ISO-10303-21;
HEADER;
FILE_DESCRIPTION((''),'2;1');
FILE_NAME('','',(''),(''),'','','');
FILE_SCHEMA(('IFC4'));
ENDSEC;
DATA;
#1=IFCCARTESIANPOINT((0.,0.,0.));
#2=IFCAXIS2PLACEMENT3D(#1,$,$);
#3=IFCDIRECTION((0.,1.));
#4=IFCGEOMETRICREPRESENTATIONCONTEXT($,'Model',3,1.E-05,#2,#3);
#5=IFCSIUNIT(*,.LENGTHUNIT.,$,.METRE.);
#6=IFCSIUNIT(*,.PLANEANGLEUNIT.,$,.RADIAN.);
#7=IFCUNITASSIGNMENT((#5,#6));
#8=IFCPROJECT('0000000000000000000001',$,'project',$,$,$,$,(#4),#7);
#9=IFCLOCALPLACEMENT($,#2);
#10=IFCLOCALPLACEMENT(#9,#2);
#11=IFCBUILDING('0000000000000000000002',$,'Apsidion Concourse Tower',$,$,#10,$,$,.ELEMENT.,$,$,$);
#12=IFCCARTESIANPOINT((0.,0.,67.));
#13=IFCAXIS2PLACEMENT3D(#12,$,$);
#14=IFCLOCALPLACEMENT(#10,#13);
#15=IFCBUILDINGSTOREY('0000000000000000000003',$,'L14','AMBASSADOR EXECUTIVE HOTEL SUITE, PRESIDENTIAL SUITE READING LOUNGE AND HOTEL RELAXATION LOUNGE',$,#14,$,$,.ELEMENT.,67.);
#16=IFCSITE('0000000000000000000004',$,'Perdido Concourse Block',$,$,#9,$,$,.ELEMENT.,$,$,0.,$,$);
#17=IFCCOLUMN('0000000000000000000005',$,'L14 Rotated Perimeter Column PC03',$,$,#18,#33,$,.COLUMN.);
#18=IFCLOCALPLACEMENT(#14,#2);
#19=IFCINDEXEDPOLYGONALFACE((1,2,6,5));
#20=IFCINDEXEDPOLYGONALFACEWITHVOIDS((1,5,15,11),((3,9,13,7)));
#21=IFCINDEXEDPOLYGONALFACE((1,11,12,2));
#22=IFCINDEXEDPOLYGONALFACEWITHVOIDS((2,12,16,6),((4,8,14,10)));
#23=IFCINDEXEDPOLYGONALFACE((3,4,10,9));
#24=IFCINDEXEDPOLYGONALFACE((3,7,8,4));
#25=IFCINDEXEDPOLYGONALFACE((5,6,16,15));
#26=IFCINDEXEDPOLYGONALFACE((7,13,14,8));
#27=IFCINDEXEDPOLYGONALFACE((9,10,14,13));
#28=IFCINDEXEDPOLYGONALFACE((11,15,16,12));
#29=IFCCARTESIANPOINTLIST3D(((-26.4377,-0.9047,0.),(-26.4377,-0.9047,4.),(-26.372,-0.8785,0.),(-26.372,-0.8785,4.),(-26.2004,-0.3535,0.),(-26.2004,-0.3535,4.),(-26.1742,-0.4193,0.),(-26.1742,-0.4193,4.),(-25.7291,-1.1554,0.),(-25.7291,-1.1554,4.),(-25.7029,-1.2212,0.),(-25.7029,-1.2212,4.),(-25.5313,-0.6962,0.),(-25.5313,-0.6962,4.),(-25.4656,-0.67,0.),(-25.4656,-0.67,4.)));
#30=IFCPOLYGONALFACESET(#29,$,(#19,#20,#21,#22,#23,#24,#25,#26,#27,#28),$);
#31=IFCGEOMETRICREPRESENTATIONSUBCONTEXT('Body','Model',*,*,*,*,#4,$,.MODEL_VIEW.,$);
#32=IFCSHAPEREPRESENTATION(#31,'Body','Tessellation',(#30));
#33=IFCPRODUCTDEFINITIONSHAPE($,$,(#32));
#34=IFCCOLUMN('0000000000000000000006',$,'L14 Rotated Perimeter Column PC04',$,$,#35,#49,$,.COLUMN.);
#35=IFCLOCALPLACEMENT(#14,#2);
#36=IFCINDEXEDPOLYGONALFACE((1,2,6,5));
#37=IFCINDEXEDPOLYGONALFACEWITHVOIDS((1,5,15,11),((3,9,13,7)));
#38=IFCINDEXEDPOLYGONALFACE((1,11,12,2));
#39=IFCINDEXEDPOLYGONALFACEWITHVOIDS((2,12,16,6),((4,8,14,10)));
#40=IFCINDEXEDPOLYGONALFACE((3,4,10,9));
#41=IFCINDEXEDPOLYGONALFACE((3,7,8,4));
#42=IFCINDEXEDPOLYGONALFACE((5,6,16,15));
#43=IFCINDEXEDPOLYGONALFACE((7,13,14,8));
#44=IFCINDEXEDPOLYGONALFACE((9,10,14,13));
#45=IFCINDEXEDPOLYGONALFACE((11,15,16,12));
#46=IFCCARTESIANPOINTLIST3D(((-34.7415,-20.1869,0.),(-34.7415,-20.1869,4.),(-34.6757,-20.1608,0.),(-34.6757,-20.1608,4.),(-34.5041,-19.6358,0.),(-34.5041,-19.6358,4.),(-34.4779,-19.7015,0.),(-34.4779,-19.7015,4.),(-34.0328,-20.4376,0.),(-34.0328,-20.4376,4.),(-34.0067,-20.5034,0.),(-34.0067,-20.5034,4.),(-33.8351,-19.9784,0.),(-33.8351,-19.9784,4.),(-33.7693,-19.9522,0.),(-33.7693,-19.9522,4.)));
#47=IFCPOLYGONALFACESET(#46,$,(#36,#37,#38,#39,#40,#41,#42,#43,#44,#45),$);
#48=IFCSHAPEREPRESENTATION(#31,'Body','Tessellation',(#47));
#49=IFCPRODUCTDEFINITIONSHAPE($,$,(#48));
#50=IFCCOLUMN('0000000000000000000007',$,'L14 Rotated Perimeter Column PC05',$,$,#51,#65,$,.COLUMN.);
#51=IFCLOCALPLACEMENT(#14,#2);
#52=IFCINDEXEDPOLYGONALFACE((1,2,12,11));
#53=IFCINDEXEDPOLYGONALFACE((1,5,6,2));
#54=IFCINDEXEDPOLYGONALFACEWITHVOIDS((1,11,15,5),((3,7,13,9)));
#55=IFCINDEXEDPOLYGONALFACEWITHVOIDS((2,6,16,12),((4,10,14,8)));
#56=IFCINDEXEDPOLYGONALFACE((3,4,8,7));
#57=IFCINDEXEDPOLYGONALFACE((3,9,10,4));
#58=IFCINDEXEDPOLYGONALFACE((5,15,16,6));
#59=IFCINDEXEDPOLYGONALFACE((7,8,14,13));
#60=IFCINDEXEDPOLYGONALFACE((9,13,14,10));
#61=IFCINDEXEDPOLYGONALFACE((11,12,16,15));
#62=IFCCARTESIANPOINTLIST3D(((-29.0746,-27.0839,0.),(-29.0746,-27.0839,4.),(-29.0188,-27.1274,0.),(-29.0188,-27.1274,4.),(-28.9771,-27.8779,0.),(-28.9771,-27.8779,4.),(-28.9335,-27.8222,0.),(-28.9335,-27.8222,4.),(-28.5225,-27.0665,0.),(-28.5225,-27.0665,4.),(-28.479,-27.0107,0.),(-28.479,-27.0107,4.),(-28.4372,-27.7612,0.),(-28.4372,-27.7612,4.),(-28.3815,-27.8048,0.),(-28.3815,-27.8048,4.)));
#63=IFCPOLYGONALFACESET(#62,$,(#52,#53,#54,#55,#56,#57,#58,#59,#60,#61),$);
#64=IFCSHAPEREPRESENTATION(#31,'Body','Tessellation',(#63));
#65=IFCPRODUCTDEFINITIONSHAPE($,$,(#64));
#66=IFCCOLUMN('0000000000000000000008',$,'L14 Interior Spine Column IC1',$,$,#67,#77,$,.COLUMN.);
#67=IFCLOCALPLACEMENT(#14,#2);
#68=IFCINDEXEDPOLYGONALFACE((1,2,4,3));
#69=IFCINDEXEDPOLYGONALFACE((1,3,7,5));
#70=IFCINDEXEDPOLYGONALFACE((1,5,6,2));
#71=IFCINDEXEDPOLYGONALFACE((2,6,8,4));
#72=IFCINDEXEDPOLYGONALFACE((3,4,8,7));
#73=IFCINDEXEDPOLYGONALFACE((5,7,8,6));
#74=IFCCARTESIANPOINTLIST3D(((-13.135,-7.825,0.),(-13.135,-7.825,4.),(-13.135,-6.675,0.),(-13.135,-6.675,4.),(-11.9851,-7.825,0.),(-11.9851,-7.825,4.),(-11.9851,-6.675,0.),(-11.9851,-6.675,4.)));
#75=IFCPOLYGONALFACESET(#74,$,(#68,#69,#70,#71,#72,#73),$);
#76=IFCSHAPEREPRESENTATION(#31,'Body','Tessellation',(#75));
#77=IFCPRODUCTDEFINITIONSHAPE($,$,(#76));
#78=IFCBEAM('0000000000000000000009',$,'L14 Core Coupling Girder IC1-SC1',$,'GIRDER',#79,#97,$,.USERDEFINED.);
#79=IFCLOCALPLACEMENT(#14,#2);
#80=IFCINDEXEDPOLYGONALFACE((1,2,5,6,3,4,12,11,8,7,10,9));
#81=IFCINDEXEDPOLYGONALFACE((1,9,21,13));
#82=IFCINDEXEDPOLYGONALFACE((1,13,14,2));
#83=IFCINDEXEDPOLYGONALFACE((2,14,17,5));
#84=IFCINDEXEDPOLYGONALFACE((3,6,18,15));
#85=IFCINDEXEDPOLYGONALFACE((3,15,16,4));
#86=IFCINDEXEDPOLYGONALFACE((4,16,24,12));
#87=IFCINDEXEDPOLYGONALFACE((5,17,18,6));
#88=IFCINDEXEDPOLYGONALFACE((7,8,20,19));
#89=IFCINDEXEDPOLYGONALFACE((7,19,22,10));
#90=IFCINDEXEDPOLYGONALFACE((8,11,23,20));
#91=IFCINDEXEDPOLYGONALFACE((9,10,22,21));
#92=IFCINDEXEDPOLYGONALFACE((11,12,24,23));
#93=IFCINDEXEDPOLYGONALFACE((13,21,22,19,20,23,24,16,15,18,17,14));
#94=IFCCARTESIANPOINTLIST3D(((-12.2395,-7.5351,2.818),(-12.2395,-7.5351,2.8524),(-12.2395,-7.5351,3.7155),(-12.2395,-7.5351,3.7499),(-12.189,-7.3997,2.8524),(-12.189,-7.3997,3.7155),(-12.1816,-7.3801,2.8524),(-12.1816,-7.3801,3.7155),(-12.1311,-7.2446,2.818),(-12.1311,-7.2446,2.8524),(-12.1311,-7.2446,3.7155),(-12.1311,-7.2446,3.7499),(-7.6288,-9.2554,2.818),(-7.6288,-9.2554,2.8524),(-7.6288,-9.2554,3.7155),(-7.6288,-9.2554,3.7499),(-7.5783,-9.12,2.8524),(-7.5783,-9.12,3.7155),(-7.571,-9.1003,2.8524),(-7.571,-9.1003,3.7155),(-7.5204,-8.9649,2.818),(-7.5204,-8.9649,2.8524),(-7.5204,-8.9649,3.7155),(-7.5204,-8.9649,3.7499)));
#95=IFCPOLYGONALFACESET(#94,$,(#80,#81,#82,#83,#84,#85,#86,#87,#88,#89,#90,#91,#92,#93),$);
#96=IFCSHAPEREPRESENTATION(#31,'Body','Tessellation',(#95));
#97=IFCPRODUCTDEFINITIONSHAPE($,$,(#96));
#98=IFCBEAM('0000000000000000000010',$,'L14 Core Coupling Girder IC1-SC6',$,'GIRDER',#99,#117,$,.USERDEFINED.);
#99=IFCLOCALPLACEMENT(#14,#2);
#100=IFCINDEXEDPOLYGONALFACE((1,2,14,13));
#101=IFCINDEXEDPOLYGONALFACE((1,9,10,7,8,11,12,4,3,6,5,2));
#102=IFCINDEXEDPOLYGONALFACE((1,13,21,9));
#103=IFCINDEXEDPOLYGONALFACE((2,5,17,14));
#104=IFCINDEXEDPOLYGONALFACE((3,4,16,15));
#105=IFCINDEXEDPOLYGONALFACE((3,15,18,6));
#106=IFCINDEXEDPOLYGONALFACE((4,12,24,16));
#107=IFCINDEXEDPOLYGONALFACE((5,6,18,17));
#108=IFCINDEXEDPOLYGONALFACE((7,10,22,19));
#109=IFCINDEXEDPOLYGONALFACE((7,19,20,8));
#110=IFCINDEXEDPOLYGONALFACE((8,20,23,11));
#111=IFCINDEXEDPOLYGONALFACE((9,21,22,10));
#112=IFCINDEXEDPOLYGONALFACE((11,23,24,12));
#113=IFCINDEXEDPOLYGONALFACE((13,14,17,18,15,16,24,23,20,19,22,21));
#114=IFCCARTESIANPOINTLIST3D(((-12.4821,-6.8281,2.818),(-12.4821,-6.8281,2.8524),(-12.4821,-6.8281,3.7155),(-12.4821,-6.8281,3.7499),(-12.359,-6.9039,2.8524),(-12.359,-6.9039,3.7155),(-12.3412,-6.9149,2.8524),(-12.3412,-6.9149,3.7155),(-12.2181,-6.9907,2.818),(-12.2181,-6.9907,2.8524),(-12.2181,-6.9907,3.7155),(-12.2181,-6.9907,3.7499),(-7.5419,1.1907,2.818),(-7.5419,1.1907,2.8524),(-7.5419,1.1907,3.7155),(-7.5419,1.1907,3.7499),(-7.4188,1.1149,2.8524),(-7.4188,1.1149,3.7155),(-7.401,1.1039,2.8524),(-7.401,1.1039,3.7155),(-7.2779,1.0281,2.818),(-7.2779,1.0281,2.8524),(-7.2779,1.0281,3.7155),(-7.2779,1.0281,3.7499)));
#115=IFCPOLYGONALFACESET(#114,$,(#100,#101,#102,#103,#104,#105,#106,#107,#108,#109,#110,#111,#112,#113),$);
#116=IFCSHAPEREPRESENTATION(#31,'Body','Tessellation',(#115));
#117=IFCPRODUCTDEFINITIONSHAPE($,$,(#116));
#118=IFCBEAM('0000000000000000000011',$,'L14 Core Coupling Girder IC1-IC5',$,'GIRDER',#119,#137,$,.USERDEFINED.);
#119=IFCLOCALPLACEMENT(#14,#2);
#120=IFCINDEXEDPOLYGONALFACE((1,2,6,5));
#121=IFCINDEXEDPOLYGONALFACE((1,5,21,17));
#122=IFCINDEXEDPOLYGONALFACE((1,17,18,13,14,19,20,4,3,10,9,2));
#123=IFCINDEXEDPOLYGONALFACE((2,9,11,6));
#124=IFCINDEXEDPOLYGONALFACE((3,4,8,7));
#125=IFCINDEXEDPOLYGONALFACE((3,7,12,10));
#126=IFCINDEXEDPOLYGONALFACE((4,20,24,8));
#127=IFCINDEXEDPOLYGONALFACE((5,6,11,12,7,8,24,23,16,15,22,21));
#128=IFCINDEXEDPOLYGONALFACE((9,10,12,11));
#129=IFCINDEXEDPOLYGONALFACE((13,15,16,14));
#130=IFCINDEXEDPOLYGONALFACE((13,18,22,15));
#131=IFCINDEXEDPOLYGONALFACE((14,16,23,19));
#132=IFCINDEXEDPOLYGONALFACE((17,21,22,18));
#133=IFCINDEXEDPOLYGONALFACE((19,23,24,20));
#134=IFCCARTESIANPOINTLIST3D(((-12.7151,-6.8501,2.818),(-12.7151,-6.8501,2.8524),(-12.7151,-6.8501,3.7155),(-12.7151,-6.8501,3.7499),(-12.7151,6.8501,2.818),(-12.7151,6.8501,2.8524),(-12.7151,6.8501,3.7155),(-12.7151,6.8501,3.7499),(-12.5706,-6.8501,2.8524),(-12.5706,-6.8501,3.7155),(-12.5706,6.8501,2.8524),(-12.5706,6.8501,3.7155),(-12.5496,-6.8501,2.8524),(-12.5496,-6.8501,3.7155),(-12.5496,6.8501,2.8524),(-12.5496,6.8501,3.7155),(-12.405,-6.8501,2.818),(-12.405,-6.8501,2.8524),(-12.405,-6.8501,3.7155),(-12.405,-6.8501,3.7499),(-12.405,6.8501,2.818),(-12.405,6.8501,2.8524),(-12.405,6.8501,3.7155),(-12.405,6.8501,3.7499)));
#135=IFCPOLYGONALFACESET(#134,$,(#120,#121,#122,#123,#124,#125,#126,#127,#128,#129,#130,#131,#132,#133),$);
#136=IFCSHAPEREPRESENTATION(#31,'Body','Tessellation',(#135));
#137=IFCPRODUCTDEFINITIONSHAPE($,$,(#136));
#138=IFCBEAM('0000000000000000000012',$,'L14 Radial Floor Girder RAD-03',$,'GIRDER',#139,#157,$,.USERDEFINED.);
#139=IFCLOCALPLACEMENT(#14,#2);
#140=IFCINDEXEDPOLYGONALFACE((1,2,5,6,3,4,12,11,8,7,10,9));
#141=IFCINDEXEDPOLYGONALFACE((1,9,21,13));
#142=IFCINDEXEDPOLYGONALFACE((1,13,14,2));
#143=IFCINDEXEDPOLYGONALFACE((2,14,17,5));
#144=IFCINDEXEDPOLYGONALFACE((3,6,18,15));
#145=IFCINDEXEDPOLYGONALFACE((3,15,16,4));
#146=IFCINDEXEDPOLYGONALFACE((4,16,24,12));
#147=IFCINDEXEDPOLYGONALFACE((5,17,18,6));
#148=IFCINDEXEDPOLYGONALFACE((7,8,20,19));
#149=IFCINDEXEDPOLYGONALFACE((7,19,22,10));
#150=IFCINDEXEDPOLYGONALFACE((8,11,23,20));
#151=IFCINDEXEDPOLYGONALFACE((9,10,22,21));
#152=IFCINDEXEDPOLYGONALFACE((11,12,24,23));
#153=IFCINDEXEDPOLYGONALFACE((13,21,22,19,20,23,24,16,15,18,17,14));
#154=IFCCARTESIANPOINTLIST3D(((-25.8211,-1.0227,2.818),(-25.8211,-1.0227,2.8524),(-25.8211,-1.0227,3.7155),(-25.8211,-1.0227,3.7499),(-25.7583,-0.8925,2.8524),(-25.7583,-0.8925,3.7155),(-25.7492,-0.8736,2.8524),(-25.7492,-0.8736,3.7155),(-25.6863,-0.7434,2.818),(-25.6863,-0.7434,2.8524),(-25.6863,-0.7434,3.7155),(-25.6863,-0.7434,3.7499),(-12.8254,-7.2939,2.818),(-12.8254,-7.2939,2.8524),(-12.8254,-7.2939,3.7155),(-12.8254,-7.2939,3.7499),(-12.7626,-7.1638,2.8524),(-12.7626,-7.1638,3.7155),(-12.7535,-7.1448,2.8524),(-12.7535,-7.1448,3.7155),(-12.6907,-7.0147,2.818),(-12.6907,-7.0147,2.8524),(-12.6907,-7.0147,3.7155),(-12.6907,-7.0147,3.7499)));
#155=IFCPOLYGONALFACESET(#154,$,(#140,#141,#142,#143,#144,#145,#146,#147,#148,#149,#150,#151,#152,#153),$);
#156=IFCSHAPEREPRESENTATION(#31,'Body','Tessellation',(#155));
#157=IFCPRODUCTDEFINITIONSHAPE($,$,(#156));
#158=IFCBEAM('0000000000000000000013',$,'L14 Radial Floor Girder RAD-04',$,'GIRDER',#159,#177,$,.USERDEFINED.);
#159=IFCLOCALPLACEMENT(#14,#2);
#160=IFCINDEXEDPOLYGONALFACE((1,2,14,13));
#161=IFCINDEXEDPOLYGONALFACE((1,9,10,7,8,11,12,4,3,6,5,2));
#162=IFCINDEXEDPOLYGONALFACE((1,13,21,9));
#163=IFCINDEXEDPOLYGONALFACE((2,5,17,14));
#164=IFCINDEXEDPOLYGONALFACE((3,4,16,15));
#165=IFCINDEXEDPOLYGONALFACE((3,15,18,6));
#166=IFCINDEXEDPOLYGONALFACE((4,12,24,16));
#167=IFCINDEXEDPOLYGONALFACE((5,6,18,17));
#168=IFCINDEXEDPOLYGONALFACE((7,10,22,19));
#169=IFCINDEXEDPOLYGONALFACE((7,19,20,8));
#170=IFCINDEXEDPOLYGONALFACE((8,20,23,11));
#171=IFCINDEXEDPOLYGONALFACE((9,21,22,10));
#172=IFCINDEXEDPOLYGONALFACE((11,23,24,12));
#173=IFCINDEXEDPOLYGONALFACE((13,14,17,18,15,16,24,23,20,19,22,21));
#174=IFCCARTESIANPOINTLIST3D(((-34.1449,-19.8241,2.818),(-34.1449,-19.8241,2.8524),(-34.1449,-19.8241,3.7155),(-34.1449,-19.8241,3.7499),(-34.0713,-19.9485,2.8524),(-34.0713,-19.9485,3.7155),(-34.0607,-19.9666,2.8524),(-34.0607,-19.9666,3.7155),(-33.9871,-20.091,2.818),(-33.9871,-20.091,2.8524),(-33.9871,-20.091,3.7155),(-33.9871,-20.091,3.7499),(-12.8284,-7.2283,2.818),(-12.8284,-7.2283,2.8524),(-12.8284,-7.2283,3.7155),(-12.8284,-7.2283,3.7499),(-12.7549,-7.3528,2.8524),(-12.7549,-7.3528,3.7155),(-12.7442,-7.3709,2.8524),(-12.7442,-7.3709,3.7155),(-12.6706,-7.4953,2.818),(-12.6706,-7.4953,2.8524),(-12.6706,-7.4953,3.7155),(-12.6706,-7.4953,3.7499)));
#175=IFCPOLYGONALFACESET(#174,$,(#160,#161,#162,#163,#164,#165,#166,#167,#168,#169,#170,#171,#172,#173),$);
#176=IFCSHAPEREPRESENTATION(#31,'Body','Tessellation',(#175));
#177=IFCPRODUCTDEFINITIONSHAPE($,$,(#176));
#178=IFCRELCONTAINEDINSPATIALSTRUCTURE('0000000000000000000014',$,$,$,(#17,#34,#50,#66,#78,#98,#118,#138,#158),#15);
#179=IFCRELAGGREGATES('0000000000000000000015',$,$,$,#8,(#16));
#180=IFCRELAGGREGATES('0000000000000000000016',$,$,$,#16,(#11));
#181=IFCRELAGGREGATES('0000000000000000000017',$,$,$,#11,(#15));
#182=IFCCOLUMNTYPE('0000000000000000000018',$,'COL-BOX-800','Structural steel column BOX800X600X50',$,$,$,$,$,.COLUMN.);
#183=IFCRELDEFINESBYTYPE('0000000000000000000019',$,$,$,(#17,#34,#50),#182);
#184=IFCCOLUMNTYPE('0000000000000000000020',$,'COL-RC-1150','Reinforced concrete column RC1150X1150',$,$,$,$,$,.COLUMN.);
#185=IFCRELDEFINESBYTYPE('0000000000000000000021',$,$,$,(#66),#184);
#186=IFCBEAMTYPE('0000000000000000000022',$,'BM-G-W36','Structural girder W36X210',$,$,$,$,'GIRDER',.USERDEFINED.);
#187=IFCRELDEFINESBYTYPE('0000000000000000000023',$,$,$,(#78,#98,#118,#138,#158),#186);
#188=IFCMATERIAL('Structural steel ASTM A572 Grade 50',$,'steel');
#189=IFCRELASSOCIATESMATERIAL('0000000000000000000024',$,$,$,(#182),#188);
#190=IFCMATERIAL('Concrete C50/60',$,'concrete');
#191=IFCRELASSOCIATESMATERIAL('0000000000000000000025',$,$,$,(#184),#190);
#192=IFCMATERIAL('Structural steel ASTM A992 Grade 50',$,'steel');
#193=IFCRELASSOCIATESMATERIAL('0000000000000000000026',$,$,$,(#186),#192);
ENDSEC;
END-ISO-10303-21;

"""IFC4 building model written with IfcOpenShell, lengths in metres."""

from ifc_helpers import new_model, si_unit, direction, frame, origin, origin_2d, place, context, subcontext, project, spatial, rectangle, hollow_rectangle, i_section, extrude, material, material_profile, profile_set, type_object, element, save


model = new_model("IFC4")

# Units and contexts
model_context = context("Model", 3, precision=1e-05, world=origin(), true_north=direction((0.0, 1.0)))
body_context = subcontext(model_context, "Body", "Model", "MODEL_VIEW")
ifc_project = project(units=[si_unit("LENGTHUNIT", "METRE"), si_unit("PLANEANGLEUNIT", "RADIAN")], contexts=[model_context])

# Site, building, storey
site_placement = place(None, origin())
site = spatial("IfcSite", under=ifc_project, at=site_placement, Name="Perdido Concourse Block", CompositionType="ELEMENT", RefElevation=0.0)
building_placement = place(site_placement, origin())
building = spatial("IfcBuilding", under=site, at=building_placement, Name="Apsidion Concourse Tower", CompositionType="ELEMENT")
storey_placement = place(building_placement, frame((0.0, 0.0, 67.0)))
storey = spatial("IfcBuildingStorey", under=building, at=storey_placement, Name="L14", Description="AMBASSADOR EXECUTIVE HOTEL SUITE, PRESIDENTIAL SUITE READING LOUNGE AND HOTEL RELAXATION LOUNGE", CompositionType="ELEMENT", Elevation=67.0)

# Columns
ifc_material_1 = material(Name="Structural steel ASTM A572 Grade 50", Category="steel")
ifc_material_profile_1 = material_profile(ifc_material_1, hollow_rectangle(XDim=0.6001, YDim=0.8, WallThickness=0.05, at=origin_2d()), Name="BOX800X600X50")
ifc_profile_set_1 = profile_set([ifc_material_profile_1], Name="Structural steel ASTM A572 Grade 50")
column_type_1 = type_object("IfcColumnType", Name="COL-BOX-800", Description="Structural steel column BOX800X600X50", PredefinedType="COLUMN", material=ifc_profile_set_1)
for number, where, z_axis, x_axis, name in (
    (1, (-25.9517, -0.7874, 0.0), (0.0, 0.0, 1.0), (0.395546, 0.918446, 0.0), "L14 Rotated Perimeter Column PC03"),
    (2, (-34.2554, -20.0696, 0.0), (0.0, 0.0, 1.0), (0.395546, 0.918446, 0.0), "L14 Rotated Perimeter Column PC04"),
    (3, (-28.728, -27.4443, 0.0), (0.0, 0.0, 1.0), (0.992546, 0.121869, 0.0), "L14 Rotated Perimeter Column PC05"),
):
    element("IfcColumn", number, at=place(storey_placement, frame(where, z_axis=z_axis, x_axis=x_axis)), inside=storey, type_object=column_type_1, Name=name, PredefinedType="COLUMN", context=body_context, shape_type="SweptSolid", body=[
        extrude(hollow_rectangle(XDim=0.6001, YDim=0.8, WallThickness=0.05, at=origin_2d()), origin(), (0.0, 0.0, 1.0), 4.0),
    ])
ifc_material_2 = material(Name="Concrete C50/60", Category="concrete")
ifc_material_profile_2 = material_profile(ifc_material_2, rectangle(XDim=1.1499, YDim=1.1499, at=origin_2d()), Name="RC 1150x1150")
ifc_profile_set_2 = profile_set([ifc_material_profile_2], Name="Concrete C50/60")
column_type_2 = type_object("IfcColumnType", Name="COL-RC-1150", Description="Reinforced concrete column RC1150X1150", PredefinedType="COLUMN", material=ifc_profile_set_2)
column_placement = place(storey_placement, frame((-12.5601, -7.25, 0.0), z_axis=(0.0, 0.0, 1.0), x_axis=(1.0, 0.0, 0.0)))
element("IfcColumn", 4, at=column_placement, inside=storey, type_object=column_type_2, Name="L14 Interior Spine Column IC1", PredefinedType="COLUMN", context=body_context, shape_type="SweptSolid", body=[
    extrude(rectangle(XDim=1.1499, YDim=1.1499, at=origin_2d()), origin(), (0.0, 0.0, 1.0), 4.0),
])

# Beams
ifc_material_3 = material(Name="Structural steel ASTM A992 Grade 50", Category="steel")
ifc_material_profile_3 = material_profile(ifc_material_3, i_section(OverallWidth=0.3101, OverallDepth=0.9319, WebThickness=0.021, FlangeThickness=0.0344, at=origin_2d()), Name="W36X210")
ifc_profile_set_3 = profile_set([ifc_material_profile_3], Name="Structural steel ASTM A992 Grade 50")
beam_type_1 = type_object("IfcBeamType", Name="BM-G-W36", Description="Structural girder W36X210", ElementType="GIRDER", PredefinedType="USERDEFINED", material=ifc_profile_set_3)
beam_1_placement = place(storey_placement, frame((-12.1853, -7.3899, 3.2839), z_axis=(0.936913, -0.349563, 0.0), x_axis=(0.349563, 0.936913, 0.0)))
element("IfcBeam", 5, at=beam_1_placement, inside=storey, type_object=beam_type_1, Name="L14 Core Coupling Girder IC1-SC1", ObjectType="GIRDER", PredefinedType="USERDEFINED", context=body_context, shape_type="SweptSolid", body=[
    extrude(i_section(OverallWidth=0.3101, OverallDepth=0.9319, WebThickness=0.021, FlangeThickness=0.0344, at=origin_2d()), origin(), (0.0, 0.0, 1.0), 4.9211),
])
beam_2_placement = place(storey_placement, frame((-12.3501, -6.9094, 3.2839), z_axis=(0.524524, 0.851396, 0.0), x_axis=(-0.851396, 0.524524, 0.0)))
element("IfcBeam", 6, at=beam_2_placement, inside=storey, type_object=beam_type_1, Name="L14 Core Coupling Girder IC1-SC6", ObjectType="GIRDER", PredefinedType="USERDEFINED", context=body_context, shape_type="SweptSolid", body=[
    extrude(i_section(OverallWidth=0.3101, OverallDepth=0.9319, WebThickness=0.021, FlangeThickness=0.0344, at=origin_2d()), origin(), (0.0, 0.0, 1.0), 9.4185),
])
beam_3_placement = place(storey_placement, frame((-12.5601, -6.8501, 3.2839), z_axis=(0.0, 1.0, 0.0), x_axis=(-1.0, 0.0, 0.0)))
element("IfcBeam", 7, at=beam_3_placement, inside=storey, type_object=beam_type_1, Name="L14 Core Coupling Girder IC1-IC5", ObjectType="GIRDER", PredefinedType="USERDEFINED", context=body_context, shape_type="SweptSolid", body=[
    extrude(i_section(OverallWidth=0.3101, OverallDepth=0.9319, WebThickness=0.021, FlangeThickness=0.0344, at=origin_2d()), origin(), (0.0, 0.0, 1.0), 13.7002),
])
beam_4_placement = place(storey_placement, frame((-12.7581, -7.1543, 3.2839), z_axis=(-0.900619, 0.434609, 0.0), x_axis=(-0.434609, -0.900619, 0.0)))
element("IfcBeam", 8, at=beam_4_placement, inside=storey, type_object=beam_type_1, Name="L14 Radial Floor Girder RAD-03", ObjectType="GIRDER", PredefinedType="USERDEFINED", context=body_context, shape_type="SweptSolid", body=[
    extrude(i_section(OverallWidth=0.3101, OverallDepth=0.9319, WebThickness=0.021, FlangeThickness=0.0344, at=origin_2d()), origin(), (0.0, 0.0, 1.0), 14.4297),
])
beam_5_placement = place(storey_placement, frame((-12.7495, -7.3618, 3.2839), z_axis=(-0.860933, -0.508719, 0.0), x_axis=(0.508719, -0.860933, 0.0)))
element("IfcBeam", 9, at=beam_5_placement, inside=storey, type_object=beam_type_1, Name="L14 Radial Floor Girder RAD-04", ObjectType="GIRDER", PredefinedType="USERDEFINED", context=body_context, shape_type="SweptSolid", body=[
    extrude(i_section(OverallWidth=0.3101, OverallDepth=0.9319, WebThickness=0.021, FlangeThickness=0.0344, at=origin_2d()), origin(), (0.0, 0.0, 1.0), 24.7598),
])

save(model, "model.ifc")
